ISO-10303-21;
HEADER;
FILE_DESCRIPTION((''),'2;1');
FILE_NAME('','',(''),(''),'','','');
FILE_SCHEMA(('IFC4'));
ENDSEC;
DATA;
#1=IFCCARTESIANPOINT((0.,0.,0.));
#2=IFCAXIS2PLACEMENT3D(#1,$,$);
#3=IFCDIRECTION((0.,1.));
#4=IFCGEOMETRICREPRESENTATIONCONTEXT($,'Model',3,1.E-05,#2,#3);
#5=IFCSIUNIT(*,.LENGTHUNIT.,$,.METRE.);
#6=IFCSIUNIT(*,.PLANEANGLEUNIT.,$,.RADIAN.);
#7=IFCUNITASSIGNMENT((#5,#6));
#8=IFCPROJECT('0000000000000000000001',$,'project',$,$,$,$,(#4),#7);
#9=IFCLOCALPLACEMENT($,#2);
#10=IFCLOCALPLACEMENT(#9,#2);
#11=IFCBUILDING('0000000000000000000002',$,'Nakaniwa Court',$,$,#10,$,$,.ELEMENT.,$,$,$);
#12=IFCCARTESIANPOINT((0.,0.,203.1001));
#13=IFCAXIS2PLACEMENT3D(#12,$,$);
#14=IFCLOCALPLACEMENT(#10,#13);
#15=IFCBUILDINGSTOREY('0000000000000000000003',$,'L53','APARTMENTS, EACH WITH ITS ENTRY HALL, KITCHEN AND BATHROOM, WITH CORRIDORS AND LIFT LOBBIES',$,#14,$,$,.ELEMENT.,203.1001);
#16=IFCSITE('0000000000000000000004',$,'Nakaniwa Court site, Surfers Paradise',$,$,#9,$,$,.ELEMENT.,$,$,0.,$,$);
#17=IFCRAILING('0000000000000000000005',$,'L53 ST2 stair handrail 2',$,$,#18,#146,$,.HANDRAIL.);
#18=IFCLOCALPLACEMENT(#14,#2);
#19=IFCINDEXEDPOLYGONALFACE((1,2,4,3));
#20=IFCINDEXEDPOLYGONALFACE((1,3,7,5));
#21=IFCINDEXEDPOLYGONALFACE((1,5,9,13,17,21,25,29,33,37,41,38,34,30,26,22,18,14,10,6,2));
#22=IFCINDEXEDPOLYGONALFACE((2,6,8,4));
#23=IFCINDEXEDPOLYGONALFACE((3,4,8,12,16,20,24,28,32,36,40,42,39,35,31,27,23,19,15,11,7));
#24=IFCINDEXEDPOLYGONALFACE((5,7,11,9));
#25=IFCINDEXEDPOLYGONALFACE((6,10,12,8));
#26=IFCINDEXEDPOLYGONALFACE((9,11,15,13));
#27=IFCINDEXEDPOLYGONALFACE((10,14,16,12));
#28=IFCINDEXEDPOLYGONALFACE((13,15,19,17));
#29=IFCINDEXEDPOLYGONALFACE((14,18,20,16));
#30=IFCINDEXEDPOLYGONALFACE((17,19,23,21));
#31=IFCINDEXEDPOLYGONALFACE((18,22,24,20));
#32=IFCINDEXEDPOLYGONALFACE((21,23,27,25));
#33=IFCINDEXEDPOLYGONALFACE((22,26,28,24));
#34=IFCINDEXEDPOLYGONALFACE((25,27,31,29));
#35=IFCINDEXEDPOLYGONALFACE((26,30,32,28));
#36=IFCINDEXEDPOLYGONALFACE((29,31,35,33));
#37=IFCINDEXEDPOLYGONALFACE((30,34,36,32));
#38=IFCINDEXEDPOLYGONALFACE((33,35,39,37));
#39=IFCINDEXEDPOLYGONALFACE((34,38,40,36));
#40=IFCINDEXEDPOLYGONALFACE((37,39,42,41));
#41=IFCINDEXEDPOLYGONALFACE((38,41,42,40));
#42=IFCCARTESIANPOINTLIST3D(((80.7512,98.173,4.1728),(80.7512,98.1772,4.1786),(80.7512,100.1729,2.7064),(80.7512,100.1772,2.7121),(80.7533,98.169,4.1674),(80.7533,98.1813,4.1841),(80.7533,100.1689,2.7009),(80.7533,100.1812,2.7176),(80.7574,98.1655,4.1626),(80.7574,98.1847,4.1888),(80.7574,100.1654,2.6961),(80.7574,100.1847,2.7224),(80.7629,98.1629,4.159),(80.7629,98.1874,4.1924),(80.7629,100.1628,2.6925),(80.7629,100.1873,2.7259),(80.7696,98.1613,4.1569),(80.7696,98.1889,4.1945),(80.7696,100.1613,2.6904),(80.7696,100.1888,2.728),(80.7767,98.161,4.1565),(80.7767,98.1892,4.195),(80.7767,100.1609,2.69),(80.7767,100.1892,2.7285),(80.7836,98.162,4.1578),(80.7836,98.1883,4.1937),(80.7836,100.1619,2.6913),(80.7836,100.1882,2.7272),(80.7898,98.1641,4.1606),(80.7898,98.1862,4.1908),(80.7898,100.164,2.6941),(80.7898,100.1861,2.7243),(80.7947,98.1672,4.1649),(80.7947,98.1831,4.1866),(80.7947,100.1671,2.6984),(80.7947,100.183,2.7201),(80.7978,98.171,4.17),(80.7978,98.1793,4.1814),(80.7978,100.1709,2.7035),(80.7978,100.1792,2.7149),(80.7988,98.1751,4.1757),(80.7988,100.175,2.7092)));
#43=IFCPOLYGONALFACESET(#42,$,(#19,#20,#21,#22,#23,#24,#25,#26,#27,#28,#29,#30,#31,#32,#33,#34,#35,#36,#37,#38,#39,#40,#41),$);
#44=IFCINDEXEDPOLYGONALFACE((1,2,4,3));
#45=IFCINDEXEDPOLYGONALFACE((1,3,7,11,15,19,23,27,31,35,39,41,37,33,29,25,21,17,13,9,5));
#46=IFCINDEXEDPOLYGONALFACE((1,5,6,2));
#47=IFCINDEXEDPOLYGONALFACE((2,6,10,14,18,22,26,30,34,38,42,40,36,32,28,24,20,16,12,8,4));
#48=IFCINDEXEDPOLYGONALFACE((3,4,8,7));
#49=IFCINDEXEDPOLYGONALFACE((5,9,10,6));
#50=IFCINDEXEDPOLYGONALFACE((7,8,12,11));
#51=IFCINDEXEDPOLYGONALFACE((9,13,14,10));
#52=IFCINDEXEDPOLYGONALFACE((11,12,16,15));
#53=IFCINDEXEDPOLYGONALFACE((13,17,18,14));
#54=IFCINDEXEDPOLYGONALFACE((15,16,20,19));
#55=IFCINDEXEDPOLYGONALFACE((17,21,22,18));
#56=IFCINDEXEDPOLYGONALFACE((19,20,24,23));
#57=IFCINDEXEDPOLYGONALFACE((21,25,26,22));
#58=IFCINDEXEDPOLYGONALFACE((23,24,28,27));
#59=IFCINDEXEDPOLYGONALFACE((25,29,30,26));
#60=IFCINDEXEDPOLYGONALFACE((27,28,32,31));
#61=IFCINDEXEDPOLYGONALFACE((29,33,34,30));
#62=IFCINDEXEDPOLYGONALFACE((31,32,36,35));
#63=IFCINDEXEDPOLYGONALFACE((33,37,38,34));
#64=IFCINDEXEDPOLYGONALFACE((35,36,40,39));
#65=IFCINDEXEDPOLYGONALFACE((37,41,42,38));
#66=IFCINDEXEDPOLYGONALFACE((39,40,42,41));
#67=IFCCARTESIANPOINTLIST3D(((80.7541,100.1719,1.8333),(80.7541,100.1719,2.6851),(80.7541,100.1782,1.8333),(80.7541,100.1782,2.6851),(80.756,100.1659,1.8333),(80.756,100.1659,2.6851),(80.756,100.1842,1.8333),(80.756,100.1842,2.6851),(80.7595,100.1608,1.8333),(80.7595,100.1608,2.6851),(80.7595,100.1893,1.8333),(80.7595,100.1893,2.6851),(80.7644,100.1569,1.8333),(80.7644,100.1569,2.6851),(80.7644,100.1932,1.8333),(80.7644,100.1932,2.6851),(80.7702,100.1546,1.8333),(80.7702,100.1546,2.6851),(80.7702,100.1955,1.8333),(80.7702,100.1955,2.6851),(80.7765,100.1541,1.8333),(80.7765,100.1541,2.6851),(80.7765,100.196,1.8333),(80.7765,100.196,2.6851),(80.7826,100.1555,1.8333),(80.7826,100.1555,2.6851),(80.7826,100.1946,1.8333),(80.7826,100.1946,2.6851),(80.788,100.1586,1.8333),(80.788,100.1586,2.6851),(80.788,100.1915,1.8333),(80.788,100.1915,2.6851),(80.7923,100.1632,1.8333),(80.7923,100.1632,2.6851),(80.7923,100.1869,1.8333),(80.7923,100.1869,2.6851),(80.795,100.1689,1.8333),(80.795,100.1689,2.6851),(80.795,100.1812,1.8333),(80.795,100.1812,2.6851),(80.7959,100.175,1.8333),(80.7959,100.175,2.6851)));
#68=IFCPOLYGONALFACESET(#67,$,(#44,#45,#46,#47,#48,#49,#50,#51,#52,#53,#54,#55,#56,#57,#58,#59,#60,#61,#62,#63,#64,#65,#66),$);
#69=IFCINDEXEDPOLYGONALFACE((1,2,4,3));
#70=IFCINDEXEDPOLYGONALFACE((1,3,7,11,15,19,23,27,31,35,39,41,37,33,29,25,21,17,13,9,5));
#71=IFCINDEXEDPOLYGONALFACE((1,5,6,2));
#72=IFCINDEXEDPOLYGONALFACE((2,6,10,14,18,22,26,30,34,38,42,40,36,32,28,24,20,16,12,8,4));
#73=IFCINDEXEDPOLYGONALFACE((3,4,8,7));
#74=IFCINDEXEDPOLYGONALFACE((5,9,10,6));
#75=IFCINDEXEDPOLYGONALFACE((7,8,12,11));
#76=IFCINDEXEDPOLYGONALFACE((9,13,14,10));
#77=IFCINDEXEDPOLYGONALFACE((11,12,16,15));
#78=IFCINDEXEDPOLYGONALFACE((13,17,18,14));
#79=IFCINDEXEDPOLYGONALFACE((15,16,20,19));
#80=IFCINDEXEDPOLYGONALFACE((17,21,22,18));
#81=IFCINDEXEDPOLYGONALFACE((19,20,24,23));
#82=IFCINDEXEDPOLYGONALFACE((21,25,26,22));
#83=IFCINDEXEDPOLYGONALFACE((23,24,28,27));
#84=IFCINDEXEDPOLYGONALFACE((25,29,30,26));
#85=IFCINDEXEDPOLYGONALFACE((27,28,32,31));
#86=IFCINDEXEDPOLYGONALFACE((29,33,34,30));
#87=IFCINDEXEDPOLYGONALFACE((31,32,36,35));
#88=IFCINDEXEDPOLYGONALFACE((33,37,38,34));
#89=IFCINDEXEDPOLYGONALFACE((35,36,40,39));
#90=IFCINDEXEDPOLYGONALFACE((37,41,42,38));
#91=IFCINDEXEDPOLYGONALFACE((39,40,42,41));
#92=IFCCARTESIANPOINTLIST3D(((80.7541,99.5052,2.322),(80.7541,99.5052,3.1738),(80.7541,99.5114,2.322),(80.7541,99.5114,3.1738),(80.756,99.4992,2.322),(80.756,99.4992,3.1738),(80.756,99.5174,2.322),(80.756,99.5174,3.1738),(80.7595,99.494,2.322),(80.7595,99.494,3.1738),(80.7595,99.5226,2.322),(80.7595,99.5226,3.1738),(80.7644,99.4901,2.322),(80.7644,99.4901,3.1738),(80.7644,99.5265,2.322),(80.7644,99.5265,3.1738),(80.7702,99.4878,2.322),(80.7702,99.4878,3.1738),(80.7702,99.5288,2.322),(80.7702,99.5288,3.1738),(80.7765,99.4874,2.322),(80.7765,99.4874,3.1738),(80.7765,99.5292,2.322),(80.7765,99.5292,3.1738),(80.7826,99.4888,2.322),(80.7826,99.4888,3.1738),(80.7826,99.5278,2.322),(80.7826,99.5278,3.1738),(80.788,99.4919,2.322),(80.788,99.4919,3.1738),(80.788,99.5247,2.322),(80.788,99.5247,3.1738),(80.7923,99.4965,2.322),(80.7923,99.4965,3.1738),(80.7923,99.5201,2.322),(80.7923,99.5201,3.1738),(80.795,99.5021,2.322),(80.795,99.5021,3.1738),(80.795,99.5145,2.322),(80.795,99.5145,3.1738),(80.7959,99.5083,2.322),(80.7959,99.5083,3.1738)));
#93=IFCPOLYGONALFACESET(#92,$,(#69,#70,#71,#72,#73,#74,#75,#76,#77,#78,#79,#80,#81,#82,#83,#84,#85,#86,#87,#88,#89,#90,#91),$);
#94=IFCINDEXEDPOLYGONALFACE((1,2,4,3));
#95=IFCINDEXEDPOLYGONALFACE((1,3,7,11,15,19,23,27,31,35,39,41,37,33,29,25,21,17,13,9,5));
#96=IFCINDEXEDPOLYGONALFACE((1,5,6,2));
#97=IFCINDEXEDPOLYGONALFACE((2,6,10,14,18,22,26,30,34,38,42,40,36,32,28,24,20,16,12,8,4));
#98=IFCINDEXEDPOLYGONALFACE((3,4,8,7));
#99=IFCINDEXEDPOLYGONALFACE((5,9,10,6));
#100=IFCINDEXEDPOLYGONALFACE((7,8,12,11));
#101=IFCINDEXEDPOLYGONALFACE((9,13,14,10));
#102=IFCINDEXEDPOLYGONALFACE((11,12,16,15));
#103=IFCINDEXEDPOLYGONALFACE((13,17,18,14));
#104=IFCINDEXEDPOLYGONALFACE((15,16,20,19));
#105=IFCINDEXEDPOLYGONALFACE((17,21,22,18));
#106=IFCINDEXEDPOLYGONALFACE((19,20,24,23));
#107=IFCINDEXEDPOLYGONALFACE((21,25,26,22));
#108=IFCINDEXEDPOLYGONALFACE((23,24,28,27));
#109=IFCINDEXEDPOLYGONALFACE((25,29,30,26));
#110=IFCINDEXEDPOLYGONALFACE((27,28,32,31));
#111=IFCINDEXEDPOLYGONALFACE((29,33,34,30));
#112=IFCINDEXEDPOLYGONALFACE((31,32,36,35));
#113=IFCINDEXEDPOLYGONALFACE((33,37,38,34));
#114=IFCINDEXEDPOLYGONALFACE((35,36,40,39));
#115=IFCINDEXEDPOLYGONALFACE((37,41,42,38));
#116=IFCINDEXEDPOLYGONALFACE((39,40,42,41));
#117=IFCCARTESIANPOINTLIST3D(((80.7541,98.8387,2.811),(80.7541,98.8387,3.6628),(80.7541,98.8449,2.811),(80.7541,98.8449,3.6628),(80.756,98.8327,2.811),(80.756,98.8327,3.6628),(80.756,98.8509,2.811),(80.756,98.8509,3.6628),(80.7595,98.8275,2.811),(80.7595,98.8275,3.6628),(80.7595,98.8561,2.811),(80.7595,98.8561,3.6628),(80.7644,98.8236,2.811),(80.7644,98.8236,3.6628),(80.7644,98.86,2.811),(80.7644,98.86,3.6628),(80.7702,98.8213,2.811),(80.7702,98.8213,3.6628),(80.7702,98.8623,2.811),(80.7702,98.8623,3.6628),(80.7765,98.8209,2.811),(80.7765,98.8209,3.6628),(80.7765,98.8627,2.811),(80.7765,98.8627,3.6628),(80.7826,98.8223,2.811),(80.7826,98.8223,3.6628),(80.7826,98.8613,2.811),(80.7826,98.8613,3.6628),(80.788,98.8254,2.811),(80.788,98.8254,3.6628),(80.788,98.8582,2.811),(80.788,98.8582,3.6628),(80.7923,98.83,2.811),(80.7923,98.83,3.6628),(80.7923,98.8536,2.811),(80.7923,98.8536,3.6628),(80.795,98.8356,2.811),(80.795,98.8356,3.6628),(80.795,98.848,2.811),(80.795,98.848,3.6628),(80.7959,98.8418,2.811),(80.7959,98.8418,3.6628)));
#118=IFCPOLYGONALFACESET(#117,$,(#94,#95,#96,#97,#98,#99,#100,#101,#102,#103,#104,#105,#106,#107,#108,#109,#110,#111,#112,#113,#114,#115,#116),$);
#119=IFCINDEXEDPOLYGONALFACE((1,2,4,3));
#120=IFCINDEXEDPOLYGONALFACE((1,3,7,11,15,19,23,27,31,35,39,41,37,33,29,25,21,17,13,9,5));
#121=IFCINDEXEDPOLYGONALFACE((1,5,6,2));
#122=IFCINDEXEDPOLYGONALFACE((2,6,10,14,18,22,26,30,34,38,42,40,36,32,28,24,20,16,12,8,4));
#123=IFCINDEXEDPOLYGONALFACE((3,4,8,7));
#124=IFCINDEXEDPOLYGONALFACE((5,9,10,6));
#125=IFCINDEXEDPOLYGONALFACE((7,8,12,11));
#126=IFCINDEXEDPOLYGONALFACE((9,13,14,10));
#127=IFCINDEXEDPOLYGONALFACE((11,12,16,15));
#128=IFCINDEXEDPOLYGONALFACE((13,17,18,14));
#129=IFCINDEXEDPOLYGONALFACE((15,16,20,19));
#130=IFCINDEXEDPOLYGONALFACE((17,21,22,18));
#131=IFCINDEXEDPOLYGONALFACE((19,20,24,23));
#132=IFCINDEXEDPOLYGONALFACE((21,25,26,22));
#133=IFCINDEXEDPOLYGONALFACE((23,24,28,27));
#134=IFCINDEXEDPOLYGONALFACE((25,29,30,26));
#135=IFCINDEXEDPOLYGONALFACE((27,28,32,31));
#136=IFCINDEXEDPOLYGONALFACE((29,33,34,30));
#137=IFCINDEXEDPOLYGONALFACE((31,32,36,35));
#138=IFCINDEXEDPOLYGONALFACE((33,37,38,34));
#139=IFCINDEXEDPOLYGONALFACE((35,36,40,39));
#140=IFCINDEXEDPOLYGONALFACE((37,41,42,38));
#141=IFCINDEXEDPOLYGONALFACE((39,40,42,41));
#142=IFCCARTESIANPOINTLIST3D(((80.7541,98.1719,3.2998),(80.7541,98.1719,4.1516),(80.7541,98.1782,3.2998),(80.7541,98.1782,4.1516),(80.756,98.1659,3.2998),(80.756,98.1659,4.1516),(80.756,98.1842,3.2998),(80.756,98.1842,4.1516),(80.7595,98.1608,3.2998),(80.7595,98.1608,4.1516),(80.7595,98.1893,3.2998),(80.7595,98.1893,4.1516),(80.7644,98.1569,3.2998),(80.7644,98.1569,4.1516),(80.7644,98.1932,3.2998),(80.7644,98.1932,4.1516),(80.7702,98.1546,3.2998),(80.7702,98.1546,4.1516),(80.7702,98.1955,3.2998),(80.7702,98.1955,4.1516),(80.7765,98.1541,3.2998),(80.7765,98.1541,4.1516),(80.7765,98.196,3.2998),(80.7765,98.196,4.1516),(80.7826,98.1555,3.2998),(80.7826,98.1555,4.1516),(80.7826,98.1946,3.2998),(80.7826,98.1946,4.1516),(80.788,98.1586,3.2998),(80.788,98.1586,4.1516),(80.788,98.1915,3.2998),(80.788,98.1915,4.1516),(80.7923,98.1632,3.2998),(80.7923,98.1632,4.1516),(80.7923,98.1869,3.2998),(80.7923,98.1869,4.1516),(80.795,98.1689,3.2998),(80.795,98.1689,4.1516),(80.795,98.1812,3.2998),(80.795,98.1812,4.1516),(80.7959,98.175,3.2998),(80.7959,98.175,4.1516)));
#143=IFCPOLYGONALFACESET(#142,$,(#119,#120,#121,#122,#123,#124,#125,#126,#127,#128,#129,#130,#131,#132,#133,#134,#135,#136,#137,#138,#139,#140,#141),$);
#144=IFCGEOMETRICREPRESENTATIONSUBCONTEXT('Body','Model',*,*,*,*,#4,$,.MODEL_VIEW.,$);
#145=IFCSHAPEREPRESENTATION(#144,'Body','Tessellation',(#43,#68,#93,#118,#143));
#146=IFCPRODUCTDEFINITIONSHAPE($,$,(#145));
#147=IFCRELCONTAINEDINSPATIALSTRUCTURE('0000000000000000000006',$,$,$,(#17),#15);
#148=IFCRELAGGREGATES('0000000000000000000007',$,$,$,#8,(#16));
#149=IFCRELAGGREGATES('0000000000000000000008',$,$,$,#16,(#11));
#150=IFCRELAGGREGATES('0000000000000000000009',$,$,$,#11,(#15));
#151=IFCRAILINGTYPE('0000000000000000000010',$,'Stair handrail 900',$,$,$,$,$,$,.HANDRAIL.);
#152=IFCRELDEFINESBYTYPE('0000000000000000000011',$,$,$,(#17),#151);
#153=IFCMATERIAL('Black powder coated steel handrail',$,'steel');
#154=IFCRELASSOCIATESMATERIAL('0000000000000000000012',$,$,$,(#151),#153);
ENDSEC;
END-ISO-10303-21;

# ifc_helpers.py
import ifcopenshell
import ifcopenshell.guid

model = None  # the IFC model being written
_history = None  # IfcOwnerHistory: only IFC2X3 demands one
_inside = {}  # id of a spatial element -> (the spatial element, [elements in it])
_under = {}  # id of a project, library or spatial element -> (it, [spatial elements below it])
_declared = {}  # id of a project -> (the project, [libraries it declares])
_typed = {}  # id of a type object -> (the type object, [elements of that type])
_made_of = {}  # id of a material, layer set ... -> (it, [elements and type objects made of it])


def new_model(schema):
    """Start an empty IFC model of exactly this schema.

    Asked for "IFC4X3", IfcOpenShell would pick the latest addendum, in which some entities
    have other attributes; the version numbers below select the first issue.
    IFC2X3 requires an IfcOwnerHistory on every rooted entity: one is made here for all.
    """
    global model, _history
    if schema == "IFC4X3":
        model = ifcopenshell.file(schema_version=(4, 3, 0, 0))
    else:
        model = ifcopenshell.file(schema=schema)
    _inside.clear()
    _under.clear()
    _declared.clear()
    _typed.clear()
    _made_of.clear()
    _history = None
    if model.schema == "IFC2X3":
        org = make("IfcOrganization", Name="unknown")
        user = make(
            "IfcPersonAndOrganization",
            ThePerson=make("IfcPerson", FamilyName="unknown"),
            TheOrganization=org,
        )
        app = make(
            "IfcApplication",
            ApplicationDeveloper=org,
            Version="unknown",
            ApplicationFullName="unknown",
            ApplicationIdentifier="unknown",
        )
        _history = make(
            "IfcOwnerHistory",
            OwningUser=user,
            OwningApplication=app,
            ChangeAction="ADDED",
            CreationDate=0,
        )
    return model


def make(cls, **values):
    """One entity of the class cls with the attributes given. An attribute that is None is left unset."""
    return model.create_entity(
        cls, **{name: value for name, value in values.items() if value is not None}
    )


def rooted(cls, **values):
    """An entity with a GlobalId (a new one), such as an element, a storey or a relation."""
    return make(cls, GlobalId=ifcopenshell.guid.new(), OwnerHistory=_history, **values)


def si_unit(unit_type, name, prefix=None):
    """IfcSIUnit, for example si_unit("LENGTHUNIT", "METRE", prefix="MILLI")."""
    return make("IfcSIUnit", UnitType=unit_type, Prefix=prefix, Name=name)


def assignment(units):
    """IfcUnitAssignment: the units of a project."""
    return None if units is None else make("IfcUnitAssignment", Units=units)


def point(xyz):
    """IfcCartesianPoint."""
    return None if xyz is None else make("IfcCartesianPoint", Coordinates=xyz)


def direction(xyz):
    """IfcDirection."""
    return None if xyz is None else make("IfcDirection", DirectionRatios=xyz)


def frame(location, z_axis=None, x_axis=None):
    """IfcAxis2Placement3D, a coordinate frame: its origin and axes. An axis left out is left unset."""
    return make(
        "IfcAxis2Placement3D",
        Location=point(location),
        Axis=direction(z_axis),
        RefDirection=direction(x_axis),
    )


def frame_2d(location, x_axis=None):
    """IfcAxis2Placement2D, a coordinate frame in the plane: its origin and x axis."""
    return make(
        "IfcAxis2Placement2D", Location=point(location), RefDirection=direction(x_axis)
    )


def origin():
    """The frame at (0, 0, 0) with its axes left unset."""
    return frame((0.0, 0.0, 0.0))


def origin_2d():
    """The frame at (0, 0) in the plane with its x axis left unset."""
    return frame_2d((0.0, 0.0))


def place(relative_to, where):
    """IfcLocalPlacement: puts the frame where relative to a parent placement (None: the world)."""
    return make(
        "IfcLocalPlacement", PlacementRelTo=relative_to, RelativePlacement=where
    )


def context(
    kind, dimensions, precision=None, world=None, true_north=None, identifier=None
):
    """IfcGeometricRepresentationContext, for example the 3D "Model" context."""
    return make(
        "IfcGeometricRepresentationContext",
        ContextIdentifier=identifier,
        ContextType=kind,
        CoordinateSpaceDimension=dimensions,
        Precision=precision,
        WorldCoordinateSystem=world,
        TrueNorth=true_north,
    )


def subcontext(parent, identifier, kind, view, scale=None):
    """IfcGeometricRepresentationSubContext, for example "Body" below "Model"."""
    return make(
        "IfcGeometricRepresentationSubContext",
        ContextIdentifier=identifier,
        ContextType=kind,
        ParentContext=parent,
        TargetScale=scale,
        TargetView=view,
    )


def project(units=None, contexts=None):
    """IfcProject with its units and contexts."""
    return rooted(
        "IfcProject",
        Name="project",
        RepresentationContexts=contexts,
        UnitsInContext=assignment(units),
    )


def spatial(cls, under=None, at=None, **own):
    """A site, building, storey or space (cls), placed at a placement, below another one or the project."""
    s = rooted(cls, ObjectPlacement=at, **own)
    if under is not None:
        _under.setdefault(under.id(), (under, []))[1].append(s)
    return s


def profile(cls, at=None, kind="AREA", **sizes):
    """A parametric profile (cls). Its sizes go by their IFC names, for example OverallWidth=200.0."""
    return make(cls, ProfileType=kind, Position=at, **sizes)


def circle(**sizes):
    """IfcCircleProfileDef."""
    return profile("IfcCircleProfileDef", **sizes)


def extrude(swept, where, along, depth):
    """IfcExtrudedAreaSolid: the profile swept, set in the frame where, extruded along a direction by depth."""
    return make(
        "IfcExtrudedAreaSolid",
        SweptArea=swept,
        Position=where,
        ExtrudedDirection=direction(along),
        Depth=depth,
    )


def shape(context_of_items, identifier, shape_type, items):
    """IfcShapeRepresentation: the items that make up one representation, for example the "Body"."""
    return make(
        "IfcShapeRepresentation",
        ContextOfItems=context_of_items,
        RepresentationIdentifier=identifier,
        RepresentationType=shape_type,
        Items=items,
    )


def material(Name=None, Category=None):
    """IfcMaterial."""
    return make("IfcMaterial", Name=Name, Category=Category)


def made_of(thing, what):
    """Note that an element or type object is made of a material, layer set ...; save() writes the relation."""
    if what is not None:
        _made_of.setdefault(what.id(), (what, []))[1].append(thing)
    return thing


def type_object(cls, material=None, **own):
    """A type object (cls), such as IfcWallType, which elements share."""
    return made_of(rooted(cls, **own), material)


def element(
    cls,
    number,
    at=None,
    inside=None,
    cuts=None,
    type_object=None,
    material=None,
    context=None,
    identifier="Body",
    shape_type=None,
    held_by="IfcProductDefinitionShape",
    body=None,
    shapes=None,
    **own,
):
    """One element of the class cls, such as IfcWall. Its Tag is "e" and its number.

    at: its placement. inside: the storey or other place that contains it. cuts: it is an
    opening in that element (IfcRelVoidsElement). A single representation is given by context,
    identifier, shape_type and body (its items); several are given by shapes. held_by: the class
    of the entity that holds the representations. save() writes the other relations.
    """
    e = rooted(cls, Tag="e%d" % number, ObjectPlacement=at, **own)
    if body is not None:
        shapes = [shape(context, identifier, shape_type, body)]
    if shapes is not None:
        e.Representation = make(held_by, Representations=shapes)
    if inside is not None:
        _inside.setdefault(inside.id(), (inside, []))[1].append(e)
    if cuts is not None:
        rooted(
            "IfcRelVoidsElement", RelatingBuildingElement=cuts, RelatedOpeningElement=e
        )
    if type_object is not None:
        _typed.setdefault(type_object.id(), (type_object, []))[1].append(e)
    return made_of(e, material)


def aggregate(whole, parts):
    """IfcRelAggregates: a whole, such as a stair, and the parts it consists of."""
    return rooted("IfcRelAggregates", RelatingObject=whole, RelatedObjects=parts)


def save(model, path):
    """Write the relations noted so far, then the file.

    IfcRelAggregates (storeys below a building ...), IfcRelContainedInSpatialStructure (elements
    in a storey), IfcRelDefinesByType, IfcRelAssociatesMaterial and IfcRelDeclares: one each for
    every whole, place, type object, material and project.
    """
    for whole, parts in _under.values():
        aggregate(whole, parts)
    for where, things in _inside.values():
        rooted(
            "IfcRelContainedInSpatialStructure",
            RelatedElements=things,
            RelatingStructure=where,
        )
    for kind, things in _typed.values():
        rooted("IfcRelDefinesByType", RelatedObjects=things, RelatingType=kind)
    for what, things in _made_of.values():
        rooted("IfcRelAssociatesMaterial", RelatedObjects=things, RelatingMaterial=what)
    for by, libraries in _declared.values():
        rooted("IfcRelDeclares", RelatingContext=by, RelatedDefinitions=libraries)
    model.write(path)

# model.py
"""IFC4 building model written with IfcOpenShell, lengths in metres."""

from ifc_helpers import new_model, si_unit, direction, frame, origin, origin_2d, place, context, subcontext, project, spatial, circle, extrude, material, type_object, element, save


model = new_model("IFC4")

# Units and contexts
model_context = context("Model", 3, precision=1e-05, world=origin(), true_north=direction((0.0, 1.0)))
body_context = subcontext(model_context, "Body", "Model", "MODEL_VIEW")
ifc_project = project(units=[si_unit("LENGTHUNIT", "METRE"), si_unit("PLANEANGLEUNIT", "RADIAN")], contexts=[model_context])

# Site, building, storey
site_placement = place(None, origin())
site = spatial("IfcSite", under=ifc_project, at=site_placement, Name="Nakaniwa Court site, Surfers Paradise", CompositionType="ELEMENT", RefElevation=0.0)
building_placement = place(site_placement, origin())
building = spatial("IfcBuilding", under=site, at=building_placement, Name="Nakaniwa Court", CompositionType="ELEMENT")
storey_placement = place(building_placement, frame((0.0, 0.0, 203.1001)))
storey = spatial("IfcBuildingStorey", under=building, at=storey_placement, Name="L53", Description="APARTMENTS, EACH WITH ITS ENTRY HALL, KITCHEN AND BATHROOM, WITH CORRIDORS AND LIFT LOBBIES", CompositionType="ELEMENT", Elevation=203.1001)

# Railing
ifc_material_1 = material(Name="Black powder coated steel handrail", Category="steel")
railing_type_1 = type_object("IfcRailingType", Name="Stair handrail 900", PredefinedType="HANDRAIL", material=ifc_material_1)
railing_1_placement = place(storey_placement, frame((80.7749, 100.175, 1.8333)))
element("IfcRailing", 1, at=railing_1_placement, inside=storey, type_object=railing_type_1, Name="L53 ST2 stair handrail 2", PredefinedType="HANDRAIL", context=body_context, shape_type="SweptSolid", body=[
    extrude(circle(Radius=0.0239, at=origin_2d()), frame((0.0, 0.0, 0.876), z_axis=(0.0, -0.806427, 0.591334), x_axis=(1.0, 0.0, 0.0)), (0.0, 0.0, 1.0), 2.48),
    extrude(circle(Radius=0.021, at=origin_2d()), origin(), (0.0, 0.0, 1.0), 0.8518),
    extrude(circle(Radius=0.021, at=origin_2d()), frame((0.0, -0.6667, 0.4888)), (0.0, 0.0, 1.0), 0.8518),
    extrude(circle(Radius=0.021, at=origin_2d()), frame((0.0, -1.3333, 0.9778)), (0.0, 0.0, 1.0), 0.8518),
    extrude(circle(Radius=0.021, at=origin_2d()), frame((0.0, -2.0, 1.4666)), (0.0, 0.0, 1.0), 0.8518),
])

save(model, "model.ifc")
